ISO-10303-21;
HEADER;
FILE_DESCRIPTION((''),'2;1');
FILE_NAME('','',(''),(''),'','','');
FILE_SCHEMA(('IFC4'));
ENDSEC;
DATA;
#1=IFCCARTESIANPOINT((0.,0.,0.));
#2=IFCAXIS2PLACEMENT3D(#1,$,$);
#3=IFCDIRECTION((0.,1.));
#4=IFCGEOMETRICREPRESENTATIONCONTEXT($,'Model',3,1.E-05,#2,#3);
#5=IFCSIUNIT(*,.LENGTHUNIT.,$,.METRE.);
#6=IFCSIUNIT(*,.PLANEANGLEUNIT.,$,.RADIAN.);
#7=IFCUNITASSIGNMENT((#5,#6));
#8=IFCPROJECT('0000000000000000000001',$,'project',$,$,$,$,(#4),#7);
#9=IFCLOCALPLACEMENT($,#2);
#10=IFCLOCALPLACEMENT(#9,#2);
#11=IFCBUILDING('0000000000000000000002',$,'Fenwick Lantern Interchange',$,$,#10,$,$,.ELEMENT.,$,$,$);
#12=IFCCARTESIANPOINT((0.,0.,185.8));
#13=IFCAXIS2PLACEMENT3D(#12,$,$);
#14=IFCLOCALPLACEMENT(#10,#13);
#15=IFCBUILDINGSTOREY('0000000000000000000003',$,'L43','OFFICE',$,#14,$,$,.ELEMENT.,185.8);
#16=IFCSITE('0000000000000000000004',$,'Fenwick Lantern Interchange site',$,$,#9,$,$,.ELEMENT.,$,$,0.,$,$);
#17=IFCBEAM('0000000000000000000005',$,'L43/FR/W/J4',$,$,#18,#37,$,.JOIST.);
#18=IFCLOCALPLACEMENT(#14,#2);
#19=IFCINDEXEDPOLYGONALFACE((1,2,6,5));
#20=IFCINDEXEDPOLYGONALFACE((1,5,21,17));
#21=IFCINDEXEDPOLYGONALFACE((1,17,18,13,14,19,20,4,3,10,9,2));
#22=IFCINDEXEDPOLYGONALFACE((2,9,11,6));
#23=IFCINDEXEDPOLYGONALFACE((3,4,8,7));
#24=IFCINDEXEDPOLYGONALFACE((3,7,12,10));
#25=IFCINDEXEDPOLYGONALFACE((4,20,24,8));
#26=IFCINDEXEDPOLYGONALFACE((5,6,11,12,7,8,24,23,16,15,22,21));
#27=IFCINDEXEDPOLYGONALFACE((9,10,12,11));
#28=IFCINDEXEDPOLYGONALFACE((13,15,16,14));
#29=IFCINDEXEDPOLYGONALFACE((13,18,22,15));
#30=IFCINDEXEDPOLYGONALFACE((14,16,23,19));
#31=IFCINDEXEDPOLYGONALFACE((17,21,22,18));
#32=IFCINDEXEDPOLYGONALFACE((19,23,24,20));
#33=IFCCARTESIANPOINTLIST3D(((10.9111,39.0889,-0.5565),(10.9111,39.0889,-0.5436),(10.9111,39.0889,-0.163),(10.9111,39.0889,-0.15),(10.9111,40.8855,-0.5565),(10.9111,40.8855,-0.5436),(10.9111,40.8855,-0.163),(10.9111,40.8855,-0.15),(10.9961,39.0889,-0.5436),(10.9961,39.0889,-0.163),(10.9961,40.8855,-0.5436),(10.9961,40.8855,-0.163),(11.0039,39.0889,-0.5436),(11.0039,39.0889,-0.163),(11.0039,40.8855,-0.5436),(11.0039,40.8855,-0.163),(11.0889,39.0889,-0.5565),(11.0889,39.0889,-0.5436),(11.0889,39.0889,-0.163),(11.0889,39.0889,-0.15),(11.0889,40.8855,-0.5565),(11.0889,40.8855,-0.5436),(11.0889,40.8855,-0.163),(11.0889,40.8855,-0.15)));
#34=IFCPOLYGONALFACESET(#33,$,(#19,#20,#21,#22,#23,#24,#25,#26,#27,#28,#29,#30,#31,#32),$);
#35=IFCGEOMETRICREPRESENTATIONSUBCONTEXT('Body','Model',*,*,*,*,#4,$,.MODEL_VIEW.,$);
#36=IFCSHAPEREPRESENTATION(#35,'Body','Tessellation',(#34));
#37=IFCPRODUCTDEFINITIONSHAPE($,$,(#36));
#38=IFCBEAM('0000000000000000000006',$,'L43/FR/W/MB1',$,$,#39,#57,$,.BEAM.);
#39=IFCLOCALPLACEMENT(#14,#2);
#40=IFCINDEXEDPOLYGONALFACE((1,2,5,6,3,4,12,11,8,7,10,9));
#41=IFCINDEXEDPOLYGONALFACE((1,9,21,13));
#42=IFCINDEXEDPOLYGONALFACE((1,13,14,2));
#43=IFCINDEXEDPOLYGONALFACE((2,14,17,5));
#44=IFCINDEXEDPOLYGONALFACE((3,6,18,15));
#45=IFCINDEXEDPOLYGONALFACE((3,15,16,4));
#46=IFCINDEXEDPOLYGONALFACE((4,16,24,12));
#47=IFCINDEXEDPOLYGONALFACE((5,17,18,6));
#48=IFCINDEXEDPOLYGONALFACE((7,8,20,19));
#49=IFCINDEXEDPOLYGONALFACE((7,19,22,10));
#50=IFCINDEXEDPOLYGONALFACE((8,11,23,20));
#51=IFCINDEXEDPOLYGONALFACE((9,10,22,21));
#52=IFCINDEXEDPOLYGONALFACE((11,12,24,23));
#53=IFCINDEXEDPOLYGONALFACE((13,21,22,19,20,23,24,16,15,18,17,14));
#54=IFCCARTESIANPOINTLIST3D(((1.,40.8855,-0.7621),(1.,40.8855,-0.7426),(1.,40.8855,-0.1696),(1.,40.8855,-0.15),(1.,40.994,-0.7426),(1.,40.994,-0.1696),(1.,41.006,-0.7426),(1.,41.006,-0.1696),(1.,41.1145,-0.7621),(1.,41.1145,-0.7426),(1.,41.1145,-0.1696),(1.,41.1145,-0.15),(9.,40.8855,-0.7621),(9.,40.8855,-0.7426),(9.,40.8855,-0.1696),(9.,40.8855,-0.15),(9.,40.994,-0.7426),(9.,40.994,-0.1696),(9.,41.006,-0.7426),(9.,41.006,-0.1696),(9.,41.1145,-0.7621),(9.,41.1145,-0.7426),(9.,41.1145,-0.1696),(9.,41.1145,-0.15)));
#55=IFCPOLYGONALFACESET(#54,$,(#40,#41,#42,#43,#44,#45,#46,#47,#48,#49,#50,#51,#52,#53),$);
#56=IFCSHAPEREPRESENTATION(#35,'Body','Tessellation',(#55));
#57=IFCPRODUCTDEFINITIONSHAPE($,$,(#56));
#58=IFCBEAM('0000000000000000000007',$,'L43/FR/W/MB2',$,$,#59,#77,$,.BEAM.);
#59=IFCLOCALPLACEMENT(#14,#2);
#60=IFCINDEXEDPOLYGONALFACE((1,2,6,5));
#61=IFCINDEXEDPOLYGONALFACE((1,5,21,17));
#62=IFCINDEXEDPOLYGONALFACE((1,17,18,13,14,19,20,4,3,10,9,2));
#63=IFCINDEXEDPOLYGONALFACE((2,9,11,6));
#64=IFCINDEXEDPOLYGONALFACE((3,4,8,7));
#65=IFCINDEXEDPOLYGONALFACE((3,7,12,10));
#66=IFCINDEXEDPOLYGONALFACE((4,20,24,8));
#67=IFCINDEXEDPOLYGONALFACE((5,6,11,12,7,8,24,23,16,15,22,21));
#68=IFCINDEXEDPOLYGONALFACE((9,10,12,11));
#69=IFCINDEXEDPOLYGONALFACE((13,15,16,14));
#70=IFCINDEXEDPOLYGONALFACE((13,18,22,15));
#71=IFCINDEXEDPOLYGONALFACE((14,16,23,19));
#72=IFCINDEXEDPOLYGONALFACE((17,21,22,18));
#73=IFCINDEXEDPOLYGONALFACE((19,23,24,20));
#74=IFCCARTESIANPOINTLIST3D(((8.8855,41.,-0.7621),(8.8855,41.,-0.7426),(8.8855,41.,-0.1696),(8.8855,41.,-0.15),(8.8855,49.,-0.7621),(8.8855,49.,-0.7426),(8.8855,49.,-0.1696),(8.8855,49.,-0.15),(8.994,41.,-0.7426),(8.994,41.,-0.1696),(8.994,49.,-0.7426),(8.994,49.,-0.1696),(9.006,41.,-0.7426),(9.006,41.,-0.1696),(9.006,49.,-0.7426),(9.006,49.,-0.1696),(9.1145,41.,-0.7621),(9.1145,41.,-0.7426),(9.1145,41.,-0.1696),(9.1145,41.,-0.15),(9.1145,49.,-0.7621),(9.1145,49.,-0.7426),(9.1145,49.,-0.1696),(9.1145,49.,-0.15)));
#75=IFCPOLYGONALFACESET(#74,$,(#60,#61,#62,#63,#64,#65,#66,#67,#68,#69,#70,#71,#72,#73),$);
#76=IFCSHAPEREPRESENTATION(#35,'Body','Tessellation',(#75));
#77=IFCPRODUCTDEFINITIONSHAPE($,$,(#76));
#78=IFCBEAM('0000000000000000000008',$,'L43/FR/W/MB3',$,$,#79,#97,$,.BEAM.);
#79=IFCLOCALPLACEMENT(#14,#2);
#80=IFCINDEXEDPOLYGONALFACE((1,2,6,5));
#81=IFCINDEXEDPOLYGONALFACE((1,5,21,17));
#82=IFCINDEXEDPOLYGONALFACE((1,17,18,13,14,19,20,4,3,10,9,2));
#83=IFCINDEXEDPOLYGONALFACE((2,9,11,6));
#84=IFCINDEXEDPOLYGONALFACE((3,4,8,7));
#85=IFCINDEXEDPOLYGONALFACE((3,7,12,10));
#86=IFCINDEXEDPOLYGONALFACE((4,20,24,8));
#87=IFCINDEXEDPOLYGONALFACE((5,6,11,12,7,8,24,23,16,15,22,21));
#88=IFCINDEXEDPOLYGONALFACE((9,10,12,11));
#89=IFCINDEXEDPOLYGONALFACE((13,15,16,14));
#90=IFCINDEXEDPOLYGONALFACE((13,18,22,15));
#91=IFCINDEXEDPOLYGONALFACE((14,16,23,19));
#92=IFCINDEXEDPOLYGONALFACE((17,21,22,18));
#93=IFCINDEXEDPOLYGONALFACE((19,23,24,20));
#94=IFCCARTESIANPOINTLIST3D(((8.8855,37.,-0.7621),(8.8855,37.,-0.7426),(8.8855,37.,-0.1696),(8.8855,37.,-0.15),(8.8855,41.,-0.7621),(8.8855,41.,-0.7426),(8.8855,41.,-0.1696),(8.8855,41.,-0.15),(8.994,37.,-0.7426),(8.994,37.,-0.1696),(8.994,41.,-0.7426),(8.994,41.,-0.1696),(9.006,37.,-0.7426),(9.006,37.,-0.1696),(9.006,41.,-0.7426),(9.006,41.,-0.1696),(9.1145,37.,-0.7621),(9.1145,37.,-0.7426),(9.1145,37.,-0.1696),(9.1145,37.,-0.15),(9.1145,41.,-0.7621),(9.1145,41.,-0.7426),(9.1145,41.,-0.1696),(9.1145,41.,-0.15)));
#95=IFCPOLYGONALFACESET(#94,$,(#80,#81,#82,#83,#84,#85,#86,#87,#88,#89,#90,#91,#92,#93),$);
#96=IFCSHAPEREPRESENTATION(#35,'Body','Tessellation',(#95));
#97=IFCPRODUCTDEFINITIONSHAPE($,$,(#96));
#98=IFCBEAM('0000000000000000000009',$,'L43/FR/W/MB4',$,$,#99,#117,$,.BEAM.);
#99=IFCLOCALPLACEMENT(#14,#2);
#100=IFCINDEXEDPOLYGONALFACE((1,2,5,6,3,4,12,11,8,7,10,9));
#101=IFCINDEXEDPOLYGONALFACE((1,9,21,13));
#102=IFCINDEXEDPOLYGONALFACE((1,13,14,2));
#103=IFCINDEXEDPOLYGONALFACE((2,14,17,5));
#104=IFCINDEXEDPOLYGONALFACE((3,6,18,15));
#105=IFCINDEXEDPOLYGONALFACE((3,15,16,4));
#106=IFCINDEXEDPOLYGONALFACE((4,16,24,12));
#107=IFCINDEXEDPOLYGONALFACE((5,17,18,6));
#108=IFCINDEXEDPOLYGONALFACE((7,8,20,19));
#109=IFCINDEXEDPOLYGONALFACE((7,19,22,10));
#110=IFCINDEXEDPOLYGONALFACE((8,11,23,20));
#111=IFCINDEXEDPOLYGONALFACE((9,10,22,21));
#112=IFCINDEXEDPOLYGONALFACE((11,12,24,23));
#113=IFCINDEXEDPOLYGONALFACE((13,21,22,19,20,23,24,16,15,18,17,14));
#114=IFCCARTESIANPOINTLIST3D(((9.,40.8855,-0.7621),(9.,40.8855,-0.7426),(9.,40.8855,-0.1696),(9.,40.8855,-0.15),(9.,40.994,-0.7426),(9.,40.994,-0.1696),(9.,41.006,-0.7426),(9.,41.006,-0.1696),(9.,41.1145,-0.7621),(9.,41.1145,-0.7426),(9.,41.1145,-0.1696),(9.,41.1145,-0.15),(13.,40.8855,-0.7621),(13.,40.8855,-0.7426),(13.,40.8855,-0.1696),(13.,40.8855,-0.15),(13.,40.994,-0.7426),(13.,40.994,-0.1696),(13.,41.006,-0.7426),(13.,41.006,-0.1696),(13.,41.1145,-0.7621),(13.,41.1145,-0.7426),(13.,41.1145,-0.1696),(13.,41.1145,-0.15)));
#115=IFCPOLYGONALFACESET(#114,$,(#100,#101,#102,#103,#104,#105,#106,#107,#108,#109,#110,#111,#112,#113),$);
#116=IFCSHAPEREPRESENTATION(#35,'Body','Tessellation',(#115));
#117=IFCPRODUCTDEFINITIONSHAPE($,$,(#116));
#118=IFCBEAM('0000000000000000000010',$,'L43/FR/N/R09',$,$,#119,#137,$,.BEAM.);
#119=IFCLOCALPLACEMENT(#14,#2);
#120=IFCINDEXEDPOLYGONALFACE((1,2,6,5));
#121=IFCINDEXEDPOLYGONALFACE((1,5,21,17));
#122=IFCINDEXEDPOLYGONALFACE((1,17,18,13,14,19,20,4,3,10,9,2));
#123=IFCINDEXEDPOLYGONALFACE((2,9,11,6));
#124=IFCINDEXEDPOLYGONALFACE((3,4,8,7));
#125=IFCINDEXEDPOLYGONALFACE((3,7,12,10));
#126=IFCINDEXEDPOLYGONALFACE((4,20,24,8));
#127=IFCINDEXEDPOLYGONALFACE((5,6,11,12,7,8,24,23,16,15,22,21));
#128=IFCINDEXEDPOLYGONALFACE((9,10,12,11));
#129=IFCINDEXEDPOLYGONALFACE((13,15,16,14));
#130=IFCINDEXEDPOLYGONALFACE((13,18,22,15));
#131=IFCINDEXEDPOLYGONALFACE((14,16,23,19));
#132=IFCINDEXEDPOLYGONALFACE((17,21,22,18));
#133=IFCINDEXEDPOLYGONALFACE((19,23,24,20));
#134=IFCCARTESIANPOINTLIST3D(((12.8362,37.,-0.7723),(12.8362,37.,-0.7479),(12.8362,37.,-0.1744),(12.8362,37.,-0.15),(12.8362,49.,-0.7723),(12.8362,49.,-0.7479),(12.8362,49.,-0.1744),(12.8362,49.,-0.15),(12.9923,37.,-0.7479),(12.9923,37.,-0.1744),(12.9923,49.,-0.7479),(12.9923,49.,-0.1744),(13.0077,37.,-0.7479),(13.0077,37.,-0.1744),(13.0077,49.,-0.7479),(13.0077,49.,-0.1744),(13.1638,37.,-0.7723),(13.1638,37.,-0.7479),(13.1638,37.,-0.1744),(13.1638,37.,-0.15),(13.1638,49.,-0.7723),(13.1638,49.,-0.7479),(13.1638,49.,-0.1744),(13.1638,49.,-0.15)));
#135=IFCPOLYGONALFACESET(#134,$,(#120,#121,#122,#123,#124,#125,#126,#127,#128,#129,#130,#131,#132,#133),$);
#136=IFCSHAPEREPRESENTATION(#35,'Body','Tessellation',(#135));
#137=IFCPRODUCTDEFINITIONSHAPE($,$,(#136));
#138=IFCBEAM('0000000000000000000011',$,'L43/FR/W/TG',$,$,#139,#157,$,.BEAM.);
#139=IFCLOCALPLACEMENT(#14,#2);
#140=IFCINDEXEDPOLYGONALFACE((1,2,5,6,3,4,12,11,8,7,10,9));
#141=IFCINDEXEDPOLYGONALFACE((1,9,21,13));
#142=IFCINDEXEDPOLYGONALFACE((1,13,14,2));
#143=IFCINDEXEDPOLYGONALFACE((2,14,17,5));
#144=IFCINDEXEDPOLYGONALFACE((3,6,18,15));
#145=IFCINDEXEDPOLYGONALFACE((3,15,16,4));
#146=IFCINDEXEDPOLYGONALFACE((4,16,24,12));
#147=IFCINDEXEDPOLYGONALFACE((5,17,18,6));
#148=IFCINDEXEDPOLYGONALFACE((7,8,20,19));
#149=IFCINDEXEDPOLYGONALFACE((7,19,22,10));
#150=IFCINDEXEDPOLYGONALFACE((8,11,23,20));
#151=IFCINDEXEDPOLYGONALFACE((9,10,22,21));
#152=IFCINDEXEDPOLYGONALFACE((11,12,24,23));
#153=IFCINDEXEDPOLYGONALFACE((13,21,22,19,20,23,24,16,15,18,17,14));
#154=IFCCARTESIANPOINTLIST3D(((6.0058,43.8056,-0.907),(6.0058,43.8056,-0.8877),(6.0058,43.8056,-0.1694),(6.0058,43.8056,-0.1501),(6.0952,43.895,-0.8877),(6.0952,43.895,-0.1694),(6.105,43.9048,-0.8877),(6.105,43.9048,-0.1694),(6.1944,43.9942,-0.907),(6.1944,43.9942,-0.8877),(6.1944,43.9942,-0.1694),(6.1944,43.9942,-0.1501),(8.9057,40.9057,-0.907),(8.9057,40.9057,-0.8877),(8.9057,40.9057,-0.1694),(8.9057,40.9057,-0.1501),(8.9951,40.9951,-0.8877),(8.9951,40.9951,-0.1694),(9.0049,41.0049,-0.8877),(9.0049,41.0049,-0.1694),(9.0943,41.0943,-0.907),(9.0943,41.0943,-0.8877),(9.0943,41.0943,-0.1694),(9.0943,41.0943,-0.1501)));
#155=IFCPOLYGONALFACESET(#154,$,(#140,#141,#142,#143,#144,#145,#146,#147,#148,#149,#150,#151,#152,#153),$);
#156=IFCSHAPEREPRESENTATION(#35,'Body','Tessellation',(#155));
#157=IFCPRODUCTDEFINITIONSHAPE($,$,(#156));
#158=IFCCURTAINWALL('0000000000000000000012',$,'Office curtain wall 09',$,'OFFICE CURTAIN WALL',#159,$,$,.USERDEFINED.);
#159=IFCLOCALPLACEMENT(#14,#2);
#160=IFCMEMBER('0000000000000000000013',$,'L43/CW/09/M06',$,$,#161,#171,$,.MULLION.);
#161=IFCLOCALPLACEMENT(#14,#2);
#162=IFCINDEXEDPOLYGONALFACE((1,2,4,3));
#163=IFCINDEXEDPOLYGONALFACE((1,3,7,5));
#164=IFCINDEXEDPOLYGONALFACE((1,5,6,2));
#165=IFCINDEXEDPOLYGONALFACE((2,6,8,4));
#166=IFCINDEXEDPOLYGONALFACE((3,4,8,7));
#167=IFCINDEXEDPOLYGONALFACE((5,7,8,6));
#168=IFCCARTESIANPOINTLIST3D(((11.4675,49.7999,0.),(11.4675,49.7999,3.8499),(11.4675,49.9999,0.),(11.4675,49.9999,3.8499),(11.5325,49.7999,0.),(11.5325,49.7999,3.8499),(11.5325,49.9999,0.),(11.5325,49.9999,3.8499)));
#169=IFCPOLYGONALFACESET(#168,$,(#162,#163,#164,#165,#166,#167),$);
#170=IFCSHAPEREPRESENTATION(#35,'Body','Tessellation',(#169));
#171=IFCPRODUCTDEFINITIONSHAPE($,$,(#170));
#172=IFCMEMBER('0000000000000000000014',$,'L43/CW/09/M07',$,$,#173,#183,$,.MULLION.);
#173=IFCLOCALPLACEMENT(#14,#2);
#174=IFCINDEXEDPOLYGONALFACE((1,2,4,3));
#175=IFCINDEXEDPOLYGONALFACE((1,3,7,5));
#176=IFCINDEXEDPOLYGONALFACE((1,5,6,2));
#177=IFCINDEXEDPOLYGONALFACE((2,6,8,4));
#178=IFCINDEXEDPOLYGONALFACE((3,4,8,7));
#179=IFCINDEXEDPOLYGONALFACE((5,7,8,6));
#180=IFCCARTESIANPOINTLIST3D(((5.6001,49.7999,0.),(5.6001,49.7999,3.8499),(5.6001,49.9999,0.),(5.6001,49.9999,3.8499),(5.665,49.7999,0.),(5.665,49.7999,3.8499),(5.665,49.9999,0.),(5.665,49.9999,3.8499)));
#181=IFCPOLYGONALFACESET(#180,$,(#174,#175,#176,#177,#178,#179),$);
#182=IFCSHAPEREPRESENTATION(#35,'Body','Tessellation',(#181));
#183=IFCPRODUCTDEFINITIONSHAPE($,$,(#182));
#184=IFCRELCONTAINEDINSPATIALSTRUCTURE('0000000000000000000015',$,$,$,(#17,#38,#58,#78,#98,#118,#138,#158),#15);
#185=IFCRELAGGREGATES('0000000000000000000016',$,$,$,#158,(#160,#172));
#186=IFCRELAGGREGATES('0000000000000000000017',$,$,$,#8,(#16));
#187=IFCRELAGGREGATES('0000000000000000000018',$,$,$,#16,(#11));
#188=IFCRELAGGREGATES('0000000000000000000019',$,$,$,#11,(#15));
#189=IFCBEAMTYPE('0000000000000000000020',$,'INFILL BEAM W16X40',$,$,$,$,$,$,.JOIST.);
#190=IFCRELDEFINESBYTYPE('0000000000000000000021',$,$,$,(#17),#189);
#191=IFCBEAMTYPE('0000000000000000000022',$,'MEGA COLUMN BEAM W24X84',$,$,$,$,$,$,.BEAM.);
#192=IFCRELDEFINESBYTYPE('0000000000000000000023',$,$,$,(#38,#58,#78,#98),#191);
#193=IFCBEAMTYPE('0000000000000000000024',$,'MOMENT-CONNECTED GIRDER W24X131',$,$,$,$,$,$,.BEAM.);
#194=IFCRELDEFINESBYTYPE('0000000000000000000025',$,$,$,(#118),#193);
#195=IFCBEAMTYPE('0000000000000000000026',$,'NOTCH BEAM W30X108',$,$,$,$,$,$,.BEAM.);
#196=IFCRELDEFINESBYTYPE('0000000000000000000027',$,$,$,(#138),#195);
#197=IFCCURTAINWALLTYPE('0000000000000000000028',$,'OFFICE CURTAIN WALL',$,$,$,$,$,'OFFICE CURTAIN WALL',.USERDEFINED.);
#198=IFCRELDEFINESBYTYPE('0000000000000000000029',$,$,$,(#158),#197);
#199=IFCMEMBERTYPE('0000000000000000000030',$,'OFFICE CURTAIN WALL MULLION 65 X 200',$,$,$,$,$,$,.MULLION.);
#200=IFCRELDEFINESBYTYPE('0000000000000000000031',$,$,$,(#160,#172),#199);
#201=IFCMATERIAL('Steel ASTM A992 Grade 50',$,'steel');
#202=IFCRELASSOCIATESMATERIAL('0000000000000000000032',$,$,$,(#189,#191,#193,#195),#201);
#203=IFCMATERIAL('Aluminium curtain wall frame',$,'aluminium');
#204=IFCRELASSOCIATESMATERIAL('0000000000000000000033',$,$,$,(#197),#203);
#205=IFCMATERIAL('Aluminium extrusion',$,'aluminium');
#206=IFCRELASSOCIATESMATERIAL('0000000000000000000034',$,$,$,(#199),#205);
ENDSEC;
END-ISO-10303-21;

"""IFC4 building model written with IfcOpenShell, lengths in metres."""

from ifc_helpers import new_model, si_unit, direction, frame, origin, origin_2d, place, context, subcontext, project, spatial, rectangle, i_section, extrude, material, material_profile, profile_set, type_object, element, aggregate, save


model = new_model("IFC4")

# Units and contexts
model_context = context("Model", 3, precision=1e-05, world=origin(), true_north=direction((0.0, 1.0)))
body_context = subcontext(model_context, "Body", "Model", "MODEL_VIEW")
ifc_project = project(units=[si_unit("LENGTHUNIT", "METRE"), si_unit("PLANEANGLEUNIT", "RADIAN")], contexts=[model_context])

# Site, building, storey
site_placement = place(None, origin())
site = spatial("IfcSite", under=ifc_project, at=site_placement, Name="Fenwick Lantern Interchange site", CompositionType="ELEMENT", RefElevation=0.0)
building_placement = place(site_placement, origin())
building = spatial("IfcBuilding", under=site, at=building_placement, Name="Fenwick Lantern Interchange", CompositionType="ELEMENT")
storey_placement = place(building_placement, frame((0.0, 0.0, 185.8)))
storey = spatial("IfcBuildingStorey", under=building, at=storey_placement, Name="L43", Description="OFFICE", CompositionType="ELEMENT", Elevation=185.8)

# Shared definitions
ifc_material_1 = material(Name="Steel ASTM A992 Grade 50", Category="steel")

# Beams
ifc_material_profile_1 = material_profile(ifc_material_1, i_section(OverallWidth=0.1777, OverallDepth=0.4065, WebThickness=0.0078, FlangeThickness=0.0129, at=origin_2d()), Name="W16X40")
ifc_profile_set_1 = profile_set([ifc_material_profile_1], Name="Steel ASTM A992 Grade 50")
beam_type_1 = type_object("IfcBeamType", Name="INFILL BEAM W16X40", PredefinedType="JOIST", material=ifc_profile_set_1)
beam_1_placement = place(storey_placement, frame((11.0, 40.8855, -0.3533), z_axis=(0.0, -1.0, 0.0), x_axis=(1.0, 0.0, 0.0)))
element("IfcBeam", 1, at=beam_1_placement, inside=storey, type_object=beam_type_1, Name="L43/FR/W/J4", PredefinedType="JOIST", context=body_context, shape_type="SweptSolid", body=[
    extrude(i_section(OverallWidth=0.1777, OverallDepth=0.4065, WebThickness=0.0078, FlangeThickness=0.0129, at=origin_2d()), origin(), (0.0, 0.0, 1.0), 1.7966),
])
ifc_material_profile_2 = material_profile(ifc_material_1, i_section(OverallWidth=0.229, OverallDepth=0.6121, WebThickness=0.012, FlangeThickness=0.0195, at=origin_2d()), Name="W24X84")
ifc_profile_set_2 = profile_set([ifc_material_profile_2], Name="Steel ASTM A992 Grade 50")
beam_type_2 = type_object("IfcBeamType", Name="MEGA COLUMN BEAM W24X84", PredefinedType="BEAM", material=ifc_profile_set_2)
for number, where, z_axis, x_axis, name in (
    (2, (9.0, 41.0, -0.4561), (-1.0, 0.0, 0.0), (0.0, -1.0, 0.0), "L43/FR/W/MB1"),
    (3, (9.0, 41.0, -0.4561), (0.0, 1.0, 0.0), (-1.0, 0.0, 0.0), "L43/FR/W/MB2"),
):
    element("IfcBeam", number, at=place(storey_placement, frame(where, z_axis=z_axis, x_axis=x_axis)), inside=storey, type_object=beam_type_2, Name=name, PredefinedType="BEAM", context=body_context, shape_type="SweptSolid", body=[
        extrude(i_section(OverallWidth=0.229, OverallDepth=0.6121, WebThickness=0.012, FlangeThickness=0.0195, at=origin_2d()), origin(), (0.0, 0.0, 1.0), 8.0),
    ])
for number, where, z_axis, x_axis, name in (
    (4, (9.0, 41.0, -0.4561), (0.0, -1.0, 0.0), (1.0, 0.0, 0.0), "L43/FR/W/MB3"),
    (5, (9.0, 41.0, -0.4561), (1.0, 0.0, 0.0), (0.0, 1.0, 0.0), "L43/FR/W/MB4"),
):
    element("IfcBeam", number, at=place(storey_placement, frame(where, z_axis=z_axis, x_axis=x_axis)), inside=storey, type_object=beam_type_2, Name=name, PredefinedType="BEAM", context=body_context, shape_type="SweptSolid", body=[
        extrude(i_section(OverallWidth=0.229, OverallDepth=0.6121, WebThickness=0.012, FlangeThickness=0.0195, at=origin_2d()), origin(), (0.0, 0.0, 1.0), 4.0),
    ])
ifc_material_profile_3 = material_profile(ifc_material_1, i_section(OverallWidth=0.3276, OverallDepth=0.6223, WebThickness=0.0154, FlangeThickness=0.0244, at=origin_2d()), Name="W24X131")
ifc_profile_set_3 = profile_set([ifc_material_profile_3], Name="Steel ASTM A992 Grade 50")
beam_type_3 = type_object("IfcBeamType", Name="MOMENT-CONNECTED GIRDER W24X131", PredefinedType="BEAM", material=ifc_profile_set_3)
beam_2_placement = place(storey_placement, frame((13.0, 49.0, -0.4612), z_axis=(0.0, -1.0, 0.0), x_axis=(1.0, 0.0, 0.0)))
element("IfcBeam", 6, at=beam_2_placement, inside=storey, type_object=beam_type_3, Name="L43/FR/N/R09", PredefinedType="BEAM", context=body_context, shape_type="SweptSolid", body=[
    extrude(i_section(OverallWidth=0.3276, OverallDepth=0.6223, WebThickness=0.0154, FlangeThickness=0.0244, at=origin_2d()), origin(), (0.0, 0.0, 1.0), 12.0),
])
ifc_material_profile_4 = material_profile(ifc_material_1, i_section(OverallWidth=0.2666, OverallDepth=0.7568, WebThickness=0.0139, FlangeThickness=0.0193, at=origin_2d()), Name="W30X108")
ifc_profile_set_4 = profile_set([ifc_material_profile_4], Name="Steel ASTM A992 Grade 50")
beam_type_4 = type_object("IfcBeamType", Name="NOTCH BEAM W30X108", PredefinedType="BEAM", material=ifc_profile_set_4)
beam_3_placement = place(storey_placement, frame((9.0, 41.0, -0.5286), z_axis=(-0.707107, 0.707107, 0.0), x_axis=(-0.707107, -0.707107, 0.0)))
element("IfcBeam", 7, at=beam_3_placement, inside=storey, type_object=beam_type_4, Name="L43/FR/W/TG", PredefinedType="BEAM", context=body_context, shape_type="SweptSolid", body=[
    extrude(i_section(OverallWidth=0.2666, OverallDepth=0.7568, WebThickness=0.0139, FlangeThickness=0.0193, at=origin_2d()), origin(), (0.0, 0.0, 1.0), 4.1011),
])

# Curtain wall, members
ifc_material_2 = material(Name="Aluminium curtain wall frame", Category="aluminium")
curtain_wall_type = type_object("IfcCurtainWallType", Name="OFFICE CURTAIN WALL", ElementType="OFFICE CURTAIN WALL", PredefinedType="USERDEFINED", material=ifc_material_2)
curtain_wall_1_placement = place(storey_placement, origin())
curtain_wall_1 = element("IfcCurtainWall", 8, at=curtain_wall_1_placement, inside=storey, type_object=curtain_wall_type, Name="Office curtain wall 09", ObjectType="OFFICE CURTAIN WALL", PredefinedType="USERDEFINED")
ifc_material_3 = material(Name="Aluminium extrusion", Category="aluminium")
ifc_material_profile_5 = material_profile(ifc_material_3, rectangle(XDim=0.2, YDim=0.0649, at=origin_2d()), Name="OFFICE CURTAIN WALL MULLION 65 X 200")
ifc_profile_set_5 = profile_set([ifc_material_profile_5], Name="Aluminium extrusion")
member_type_1 = type_object("IfcMemberType", Name="OFFICE CURTAIN WALL MULLION 65 X 200", PredefinedType="MULLION", material=ifc_profile_set_5)
member_1_placement = place(storey_placement, frame((11.5, 49.8999, 0.0), z_axis=(0.0, 0.0, 1.0), x_axis=(0.0, -1.0, 0.0)))
member_1 = element("IfcMember", 9, at=member_1_placement, type_object=member_type_1, Name="L43/CW/09/M06", PredefinedType="MULLION", context=body_context, shape_type="SweptSolid", body=[
    extrude(rectangle(XDim=0.2, YDim=0.0649, at=origin_2d()), origin(), (0.0, 0.0, 1.0), 3.8499),
])
member_2_placement = place(storey_placement, frame((5.6326, 49.8999, 0.0), z_axis=(0.0, 0.0, 1.0), x_axis=(0.0, -1.0, 0.0)))
member_2 = element("IfcMember", 10, at=member_2_placement, type_object=member_type_1, Name="L43/CW/09/M07", PredefinedType="MULLION", context=body_context, shape_type="SweptSolid", body=[
    extrude(rectangle(XDim=0.2, YDim=0.0649, at=origin_2d()), origin(), (0.0, 0.0, 1.0), 3.8499),
])

aggregate(curtain_wall_1, [member_1, member_2])

save(model, "model.ifc")
